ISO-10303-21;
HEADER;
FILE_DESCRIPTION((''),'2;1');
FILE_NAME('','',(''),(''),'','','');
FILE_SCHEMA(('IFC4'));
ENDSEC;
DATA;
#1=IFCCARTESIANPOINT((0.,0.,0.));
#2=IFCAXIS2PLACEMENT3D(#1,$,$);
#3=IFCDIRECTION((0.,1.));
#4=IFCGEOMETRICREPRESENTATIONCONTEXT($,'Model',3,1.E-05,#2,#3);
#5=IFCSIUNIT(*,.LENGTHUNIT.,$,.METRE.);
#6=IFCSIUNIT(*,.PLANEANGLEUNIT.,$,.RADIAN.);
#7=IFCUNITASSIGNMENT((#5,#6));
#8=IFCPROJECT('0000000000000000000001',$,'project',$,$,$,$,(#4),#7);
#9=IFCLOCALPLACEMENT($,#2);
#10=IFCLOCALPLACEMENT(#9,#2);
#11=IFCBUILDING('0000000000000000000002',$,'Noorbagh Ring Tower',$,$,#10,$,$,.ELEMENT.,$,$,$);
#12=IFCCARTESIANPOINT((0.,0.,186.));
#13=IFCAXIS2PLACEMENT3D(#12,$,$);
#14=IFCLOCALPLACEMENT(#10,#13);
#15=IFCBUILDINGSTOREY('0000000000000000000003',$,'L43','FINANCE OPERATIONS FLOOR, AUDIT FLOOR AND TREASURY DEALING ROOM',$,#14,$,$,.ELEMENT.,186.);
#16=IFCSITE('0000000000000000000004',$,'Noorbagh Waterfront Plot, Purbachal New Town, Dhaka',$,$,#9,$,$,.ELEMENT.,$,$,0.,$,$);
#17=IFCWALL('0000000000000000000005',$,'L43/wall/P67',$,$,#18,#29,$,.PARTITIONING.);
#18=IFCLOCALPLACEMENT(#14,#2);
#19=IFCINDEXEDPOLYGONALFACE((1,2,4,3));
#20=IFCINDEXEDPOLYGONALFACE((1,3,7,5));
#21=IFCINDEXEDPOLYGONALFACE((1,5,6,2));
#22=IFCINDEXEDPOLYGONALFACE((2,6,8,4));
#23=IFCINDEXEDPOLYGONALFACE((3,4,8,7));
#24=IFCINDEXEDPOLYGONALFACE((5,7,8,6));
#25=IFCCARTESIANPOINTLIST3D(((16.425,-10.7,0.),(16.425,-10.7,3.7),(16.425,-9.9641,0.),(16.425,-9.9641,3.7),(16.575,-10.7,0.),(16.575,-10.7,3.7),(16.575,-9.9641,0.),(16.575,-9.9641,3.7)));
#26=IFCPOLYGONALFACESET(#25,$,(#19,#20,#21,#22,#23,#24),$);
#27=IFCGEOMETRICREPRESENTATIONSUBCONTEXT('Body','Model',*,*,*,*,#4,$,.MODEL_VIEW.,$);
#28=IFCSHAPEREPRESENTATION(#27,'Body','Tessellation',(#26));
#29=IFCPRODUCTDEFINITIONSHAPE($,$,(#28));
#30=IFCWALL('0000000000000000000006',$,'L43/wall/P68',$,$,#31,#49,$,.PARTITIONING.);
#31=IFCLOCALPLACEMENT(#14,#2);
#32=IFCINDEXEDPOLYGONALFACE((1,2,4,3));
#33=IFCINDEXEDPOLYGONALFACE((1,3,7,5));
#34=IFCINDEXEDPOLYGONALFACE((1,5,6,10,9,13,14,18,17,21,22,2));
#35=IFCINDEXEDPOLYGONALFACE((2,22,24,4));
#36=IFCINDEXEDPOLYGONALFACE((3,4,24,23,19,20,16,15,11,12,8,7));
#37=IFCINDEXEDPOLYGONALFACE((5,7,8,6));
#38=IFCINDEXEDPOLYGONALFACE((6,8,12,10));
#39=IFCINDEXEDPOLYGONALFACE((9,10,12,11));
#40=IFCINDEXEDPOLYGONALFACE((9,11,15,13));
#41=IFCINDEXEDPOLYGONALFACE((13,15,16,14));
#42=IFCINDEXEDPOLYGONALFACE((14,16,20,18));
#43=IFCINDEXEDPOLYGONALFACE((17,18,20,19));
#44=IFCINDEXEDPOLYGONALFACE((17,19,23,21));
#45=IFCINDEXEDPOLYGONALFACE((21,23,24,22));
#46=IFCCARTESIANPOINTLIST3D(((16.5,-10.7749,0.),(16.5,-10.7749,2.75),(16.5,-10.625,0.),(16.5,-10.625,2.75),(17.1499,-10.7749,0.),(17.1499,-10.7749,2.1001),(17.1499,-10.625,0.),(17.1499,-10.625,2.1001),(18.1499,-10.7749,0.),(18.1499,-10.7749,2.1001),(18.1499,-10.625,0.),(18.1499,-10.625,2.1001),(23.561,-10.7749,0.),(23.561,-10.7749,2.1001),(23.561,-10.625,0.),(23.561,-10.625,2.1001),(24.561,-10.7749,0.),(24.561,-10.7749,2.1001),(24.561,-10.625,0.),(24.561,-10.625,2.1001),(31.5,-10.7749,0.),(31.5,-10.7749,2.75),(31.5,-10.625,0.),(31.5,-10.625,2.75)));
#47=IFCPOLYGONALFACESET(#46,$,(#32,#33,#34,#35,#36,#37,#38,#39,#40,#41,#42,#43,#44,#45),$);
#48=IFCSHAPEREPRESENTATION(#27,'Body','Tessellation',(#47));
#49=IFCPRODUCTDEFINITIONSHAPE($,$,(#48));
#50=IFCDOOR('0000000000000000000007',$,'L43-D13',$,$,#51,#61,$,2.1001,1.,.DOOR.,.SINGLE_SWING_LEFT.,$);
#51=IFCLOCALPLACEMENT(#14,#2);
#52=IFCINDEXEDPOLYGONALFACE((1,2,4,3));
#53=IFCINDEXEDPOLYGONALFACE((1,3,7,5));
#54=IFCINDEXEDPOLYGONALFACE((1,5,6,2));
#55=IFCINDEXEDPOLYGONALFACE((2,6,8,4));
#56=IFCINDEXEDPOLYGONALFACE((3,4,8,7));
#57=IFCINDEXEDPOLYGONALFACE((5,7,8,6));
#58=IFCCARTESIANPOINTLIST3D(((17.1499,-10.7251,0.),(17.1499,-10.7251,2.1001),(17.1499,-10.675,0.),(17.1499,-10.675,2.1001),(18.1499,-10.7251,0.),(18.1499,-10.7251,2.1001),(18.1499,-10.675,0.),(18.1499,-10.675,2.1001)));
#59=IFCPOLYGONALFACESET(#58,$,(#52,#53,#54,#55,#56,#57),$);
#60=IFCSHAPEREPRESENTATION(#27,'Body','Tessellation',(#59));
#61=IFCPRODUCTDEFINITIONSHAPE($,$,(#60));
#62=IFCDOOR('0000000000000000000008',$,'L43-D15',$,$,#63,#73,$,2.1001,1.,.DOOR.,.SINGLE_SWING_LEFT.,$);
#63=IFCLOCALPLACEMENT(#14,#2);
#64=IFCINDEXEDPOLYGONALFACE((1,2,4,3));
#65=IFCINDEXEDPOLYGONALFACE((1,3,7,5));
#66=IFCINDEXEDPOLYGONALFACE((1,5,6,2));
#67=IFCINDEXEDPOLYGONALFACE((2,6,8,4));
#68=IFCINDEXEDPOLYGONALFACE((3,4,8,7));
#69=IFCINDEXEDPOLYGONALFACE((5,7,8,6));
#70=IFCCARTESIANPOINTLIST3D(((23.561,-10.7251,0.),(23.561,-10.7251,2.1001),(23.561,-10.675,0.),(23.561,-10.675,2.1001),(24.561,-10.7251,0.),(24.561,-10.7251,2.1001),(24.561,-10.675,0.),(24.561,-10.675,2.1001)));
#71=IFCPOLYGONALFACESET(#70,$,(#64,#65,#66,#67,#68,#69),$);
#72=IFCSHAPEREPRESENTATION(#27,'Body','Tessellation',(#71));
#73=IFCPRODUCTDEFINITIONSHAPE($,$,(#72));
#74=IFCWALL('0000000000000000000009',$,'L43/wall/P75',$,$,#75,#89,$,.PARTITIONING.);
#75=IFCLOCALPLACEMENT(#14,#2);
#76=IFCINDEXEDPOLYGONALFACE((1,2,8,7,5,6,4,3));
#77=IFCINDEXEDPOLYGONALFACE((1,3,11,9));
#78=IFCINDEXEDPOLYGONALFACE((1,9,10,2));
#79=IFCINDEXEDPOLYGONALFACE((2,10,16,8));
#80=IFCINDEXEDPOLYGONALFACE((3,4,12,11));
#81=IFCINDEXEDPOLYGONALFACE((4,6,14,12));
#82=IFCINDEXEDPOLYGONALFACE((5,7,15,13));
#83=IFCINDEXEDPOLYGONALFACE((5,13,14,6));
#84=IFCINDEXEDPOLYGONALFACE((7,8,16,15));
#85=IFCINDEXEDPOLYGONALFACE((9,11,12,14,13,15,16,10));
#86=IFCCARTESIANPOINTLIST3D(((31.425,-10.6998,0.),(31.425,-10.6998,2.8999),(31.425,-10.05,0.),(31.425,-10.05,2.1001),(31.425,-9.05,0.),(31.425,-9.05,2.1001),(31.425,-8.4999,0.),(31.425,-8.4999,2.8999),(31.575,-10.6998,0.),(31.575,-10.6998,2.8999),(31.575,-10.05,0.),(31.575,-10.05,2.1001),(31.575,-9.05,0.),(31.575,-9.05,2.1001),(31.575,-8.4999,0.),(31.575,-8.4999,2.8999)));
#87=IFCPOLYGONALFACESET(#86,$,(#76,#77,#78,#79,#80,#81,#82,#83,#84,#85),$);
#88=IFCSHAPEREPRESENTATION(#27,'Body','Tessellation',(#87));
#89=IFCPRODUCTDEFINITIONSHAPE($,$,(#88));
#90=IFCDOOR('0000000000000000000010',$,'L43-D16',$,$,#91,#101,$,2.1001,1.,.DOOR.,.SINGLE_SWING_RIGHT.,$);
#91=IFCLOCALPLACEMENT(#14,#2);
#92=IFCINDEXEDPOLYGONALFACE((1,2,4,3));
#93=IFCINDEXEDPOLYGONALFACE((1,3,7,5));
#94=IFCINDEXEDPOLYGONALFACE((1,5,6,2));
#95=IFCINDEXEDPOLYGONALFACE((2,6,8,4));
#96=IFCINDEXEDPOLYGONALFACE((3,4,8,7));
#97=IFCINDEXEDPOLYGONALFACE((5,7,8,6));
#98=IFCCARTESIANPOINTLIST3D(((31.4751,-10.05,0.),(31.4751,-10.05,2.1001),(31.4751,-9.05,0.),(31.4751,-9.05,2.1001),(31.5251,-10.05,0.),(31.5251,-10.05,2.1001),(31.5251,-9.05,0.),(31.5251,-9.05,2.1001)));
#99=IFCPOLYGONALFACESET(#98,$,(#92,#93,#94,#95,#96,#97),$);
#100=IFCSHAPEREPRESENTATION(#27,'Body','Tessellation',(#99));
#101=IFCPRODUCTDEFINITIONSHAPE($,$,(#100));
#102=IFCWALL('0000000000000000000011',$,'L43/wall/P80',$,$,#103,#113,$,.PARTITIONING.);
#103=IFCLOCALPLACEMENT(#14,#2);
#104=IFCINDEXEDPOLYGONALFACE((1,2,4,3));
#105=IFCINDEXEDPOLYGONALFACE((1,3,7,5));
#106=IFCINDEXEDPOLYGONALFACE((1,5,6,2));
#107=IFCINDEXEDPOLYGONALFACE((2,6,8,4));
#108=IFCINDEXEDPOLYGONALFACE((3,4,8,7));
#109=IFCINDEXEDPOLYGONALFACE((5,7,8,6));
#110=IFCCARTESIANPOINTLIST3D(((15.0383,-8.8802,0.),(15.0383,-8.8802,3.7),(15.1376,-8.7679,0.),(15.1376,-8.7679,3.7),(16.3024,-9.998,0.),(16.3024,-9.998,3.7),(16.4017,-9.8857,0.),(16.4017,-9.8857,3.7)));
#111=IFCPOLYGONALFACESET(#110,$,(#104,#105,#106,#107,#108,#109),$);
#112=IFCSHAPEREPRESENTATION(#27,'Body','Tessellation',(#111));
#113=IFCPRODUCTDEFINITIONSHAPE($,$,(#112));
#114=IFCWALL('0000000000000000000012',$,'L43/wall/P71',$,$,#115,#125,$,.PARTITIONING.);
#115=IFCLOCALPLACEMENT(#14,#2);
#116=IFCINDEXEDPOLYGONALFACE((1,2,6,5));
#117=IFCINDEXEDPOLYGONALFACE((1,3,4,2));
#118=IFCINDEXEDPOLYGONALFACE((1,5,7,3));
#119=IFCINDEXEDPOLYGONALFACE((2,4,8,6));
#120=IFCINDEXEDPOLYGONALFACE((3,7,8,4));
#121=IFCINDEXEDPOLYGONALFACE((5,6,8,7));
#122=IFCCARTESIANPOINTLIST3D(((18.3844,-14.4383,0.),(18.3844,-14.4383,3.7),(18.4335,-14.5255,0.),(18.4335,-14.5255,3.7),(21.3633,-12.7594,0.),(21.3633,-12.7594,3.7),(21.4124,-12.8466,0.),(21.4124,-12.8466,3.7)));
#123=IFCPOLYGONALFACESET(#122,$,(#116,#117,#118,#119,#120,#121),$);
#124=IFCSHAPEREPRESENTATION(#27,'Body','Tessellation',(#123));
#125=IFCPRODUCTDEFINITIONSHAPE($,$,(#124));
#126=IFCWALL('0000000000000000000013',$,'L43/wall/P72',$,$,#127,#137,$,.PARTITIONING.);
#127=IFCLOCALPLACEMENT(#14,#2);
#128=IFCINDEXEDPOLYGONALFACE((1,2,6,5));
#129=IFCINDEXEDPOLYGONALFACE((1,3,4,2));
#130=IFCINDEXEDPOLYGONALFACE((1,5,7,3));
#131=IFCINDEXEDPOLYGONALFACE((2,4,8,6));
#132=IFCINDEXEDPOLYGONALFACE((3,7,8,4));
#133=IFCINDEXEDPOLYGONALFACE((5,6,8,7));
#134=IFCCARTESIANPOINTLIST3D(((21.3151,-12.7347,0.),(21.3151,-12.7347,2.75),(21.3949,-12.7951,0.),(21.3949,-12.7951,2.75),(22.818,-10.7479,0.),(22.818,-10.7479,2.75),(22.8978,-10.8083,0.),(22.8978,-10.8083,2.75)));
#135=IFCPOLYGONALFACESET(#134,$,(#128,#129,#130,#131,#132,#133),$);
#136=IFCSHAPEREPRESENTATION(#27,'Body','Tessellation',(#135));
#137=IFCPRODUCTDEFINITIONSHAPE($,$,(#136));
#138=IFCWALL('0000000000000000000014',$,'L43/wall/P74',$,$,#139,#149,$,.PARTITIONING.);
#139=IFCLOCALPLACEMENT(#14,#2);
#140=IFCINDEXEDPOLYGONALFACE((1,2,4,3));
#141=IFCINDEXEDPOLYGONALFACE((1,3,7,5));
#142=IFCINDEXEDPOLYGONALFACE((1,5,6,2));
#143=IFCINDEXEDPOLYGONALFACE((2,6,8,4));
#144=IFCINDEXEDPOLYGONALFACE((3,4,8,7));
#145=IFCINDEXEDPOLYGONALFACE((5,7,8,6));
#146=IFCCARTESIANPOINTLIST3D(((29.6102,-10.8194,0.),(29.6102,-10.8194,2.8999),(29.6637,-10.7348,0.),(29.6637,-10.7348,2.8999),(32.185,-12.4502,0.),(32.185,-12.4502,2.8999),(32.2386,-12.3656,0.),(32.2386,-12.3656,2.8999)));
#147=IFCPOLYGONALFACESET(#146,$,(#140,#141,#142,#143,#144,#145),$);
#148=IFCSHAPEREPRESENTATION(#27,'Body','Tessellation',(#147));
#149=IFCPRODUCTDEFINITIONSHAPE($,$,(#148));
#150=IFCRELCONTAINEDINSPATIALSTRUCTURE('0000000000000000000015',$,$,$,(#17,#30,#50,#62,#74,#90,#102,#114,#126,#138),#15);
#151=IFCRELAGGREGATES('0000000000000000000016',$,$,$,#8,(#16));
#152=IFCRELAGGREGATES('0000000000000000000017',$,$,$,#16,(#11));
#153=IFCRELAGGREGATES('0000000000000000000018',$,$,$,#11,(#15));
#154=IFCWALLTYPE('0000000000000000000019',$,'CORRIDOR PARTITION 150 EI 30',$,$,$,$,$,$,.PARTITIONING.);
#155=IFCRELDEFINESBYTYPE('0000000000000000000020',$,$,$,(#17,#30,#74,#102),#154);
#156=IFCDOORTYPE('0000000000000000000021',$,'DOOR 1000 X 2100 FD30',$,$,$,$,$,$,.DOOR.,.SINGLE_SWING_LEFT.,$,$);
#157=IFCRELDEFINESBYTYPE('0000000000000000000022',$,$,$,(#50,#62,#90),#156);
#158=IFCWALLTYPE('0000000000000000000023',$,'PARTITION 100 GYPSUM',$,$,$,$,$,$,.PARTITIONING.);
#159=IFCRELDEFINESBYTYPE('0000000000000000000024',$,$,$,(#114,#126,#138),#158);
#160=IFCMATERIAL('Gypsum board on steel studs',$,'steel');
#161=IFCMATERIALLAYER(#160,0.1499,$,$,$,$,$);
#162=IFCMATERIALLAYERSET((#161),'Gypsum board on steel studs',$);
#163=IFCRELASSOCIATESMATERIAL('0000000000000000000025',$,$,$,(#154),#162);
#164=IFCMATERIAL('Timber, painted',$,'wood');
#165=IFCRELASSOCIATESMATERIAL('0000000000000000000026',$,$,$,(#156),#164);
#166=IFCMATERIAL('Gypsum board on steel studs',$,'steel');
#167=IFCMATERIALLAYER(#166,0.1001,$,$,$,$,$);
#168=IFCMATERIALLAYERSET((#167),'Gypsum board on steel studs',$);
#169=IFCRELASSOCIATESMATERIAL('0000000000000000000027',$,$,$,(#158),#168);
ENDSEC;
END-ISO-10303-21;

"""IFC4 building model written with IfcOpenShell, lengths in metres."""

from ifc_helpers import new_model, si_unit, direction, frame, frame_2d, origin, place, context, subcontext, project, spatial, rectangle, extrude, material, layer, layer_set, type_object, element, fill, save


model = new_model("IFC4")

# Units and contexts
model_context = context("Model", 3, precision=1e-05, world=origin(), true_north=direction((0.0, 1.0)))
body_context = subcontext(model_context, "Body", "Model", "MODEL_VIEW")
ifc_project = project(units=[si_unit("LENGTHUNIT", "METRE"), si_unit("PLANEANGLEUNIT", "RADIAN")], contexts=[model_context])

# Site, building, storey
site_placement = place(None, origin())
site = spatial("IfcSite", under=ifc_project, at=site_placement, Name="Noorbagh Waterfront Plot, Purbachal New Town, Dhaka", CompositionType="ELEMENT", RefElevation=0.0)
building_placement = place(site_placement, origin())
building = spatial("IfcBuilding", under=site, at=building_placement, Name="Noorbagh Ring Tower", CompositionType="ELEMENT")
storey_placement = place(building_placement, frame((0.0, 0.0, 186.0)))
storey = spatial("IfcBuildingStorey", under=building, at=storey_placement, Name="L43", Description="FINANCE OPERATIONS FLOOR, AUDIT FLOOR AND TREASURY DEALING ROOM", CompositionType="ELEMENT", Elevation=186.0)

# Wall
ifc_material_1 = material(Name="Gypsum board on steel studs", Category="steel")
ifc_layer_1 = layer(ifc_material_1, 0.1499)
ifc_layer_set_1 = layer_set([ifc_layer_1], Name="Gypsum board on steel studs")
wall_type_1 = type_object("IfcWallType", Name="CORRIDOR PARTITION 150 EI 30", PredefinedType="PARTITIONING", material=ifc_layer_set_1)
wall_1_placement = place(storey_placement, frame((16.5, -10.7, 0.0), z_axis=(0.0, 0.0, 1.0), x_axis=(0.0, 1.0, 0.0)))
element("IfcWall", 1, at=wall_1_placement, inside=storey, type_object=wall_type_1, Name="L43/wall/P67", PredefinedType="PARTITIONING", context=body_context, shape_type="SweptSolid", body=[
    extrude(rectangle(XDim=0.7358, YDim=0.1499, at=frame_2d((0.3679, 0.0))), origin(), (0.0, 0.0, 1.0), 3.7),
])

# Wall, openings, doors
wall_2_placement = place(storey_placement, frame((16.5, -10.7, 0.0), z_axis=(0.0, 0.0, 1.0), x_axis=(1.0, 0.0, 0.0)))
wall_2 = element("IfcWall", 2, at=wall_2_placement, inside=storey, type_object=wall_type_1, Name="L43/wall/P68", PredefinedType="PARTITIONING", context=body_context, shape_type="SweptSolid", body=[
    extrude(rectangle(XDim=15.0, YDim=0.1499, at=frame_2d((7.5, 0.0))), origin(), (0.0, 0.0, 1.0), 2.75),
])
opening_1_placement = place(wall_2_placement, frame((0.6499, 0.0, 0.0)))
opening_1 = element("IfcOpeningElement", 3, at=opening_1_placement, cuts=wall_2, PredefinedType="OPENING", context=body_context, shape_type="SweptSolid", body=[
    extrude(rectangle(XDim=1.0, YDim=2.1001, at=frame_2d((0.5, 1.05))), frame((0.0, 0.085, 0.0), z_axis=(0.0, -1.0, 0.0), x_axis=(1.0, 0.0, 0.0)), (0.0, 0.0, 1.0), 0.1699),
])
opening_2_placement = place(wall_2_placement, frame((7.061, 0.0, 0.0)))
opening_2 = element("IfcOpeningElement", 4, at=opening_2_placement, cuts=wall_2, PredefinedType="OPENING", context=body_context, shape_type="SweptSolid", body=[
    extrude(rectangle(XDim=1.0, YDim=2.1001, at=frame_2d((0.5, 1.05))), frame((0.0, 0.085, 0.0), z_axis=(0.0, -1.0, 0.0), x_axis=(1.0, 0.0, 0.0)), (0.0, 0.0, 1.0), 0.1699),
])
ifc_material_2 = material(Name="Timber, painted", Category="wood")
door_type_1 = type_object("IfcDoorType", Name="DOOR 1000 X 2100 FD30", OperationType="SINGLE_SWING_LEFT", PredefinedType="DOOR", material=ifc_material_2)
door_1_placement = place(opening_1_placement, origin())
door_1 = element("IfcDoor", 5, at=door_1_placement, inside=storey, type_object=door_type_1, Name="L43-D13", OperationType="SINGLE_SWING_LEFT", OverallHeight=2.1001, OverallWidth=1.0, PredefinedType="DOOR", context=body_context, shape_type="SweptSolid", body=[
    extrude(rectangle(XDim=1.0, YDim=2.1001, at=frame_2d((0.5, 1.05))), frame((0.0, 0.0249, 0.0), z_axis=(0.0, -1.0, 0.0), x_axis=(1.0, 0.0, 0.0)), (0.0, 0.0, 1.0), 0.05),
])
fill(opening_1, door_1)
door_2_placement = place(opening_2_placement, origin())
door_2 = element("IfcDoor", 6, at=door_2_placement, inside=storey, type_object=door_type_1, Name="L43-D15", OperationType="SINGLE_SWING_LEFT", OverallHeight=2.1001, OverallWidth=1.0, PredefinedType="DOOR", context=body_context, shape_type="SweptSolid", body=[
    extrude(rectangle(XDim=1.0, YDim=2.1001, at=frame_2d((0.5, 1.05))), frame((0.0, 0.0249, 0.0), z_axis=(0.0, -1.0, 0.0), x_axis=(1.0, 0.0, 0.0)), (0.0, 0.0, 1.0), 0.05),
])
fill(opening_2, door_2)

# Wall, opening, door
wall_3_placement = place(storey_placement, frame((31.5, -10.7, 0.0), z_axis=(0.0, 0.0, 1.0), x_axis=(0.0, 1.0, 0.0)))
wall_3 = element("IfcWall", 7, at=wall_3_placement, inside=storey, type_object=wall_type_1, Name="L43/wall/P75", PredefinedType="PARTITIONING", context=body_context, shape_type="SweptSolid", body=[
    extrude(rectangle(XDim=2.2, YDim=0.1499, at=frame_2d((1.1001, 0.0))), origin(), (0.0, 0.0, 1.0), 2.8999),
])
opening_3_placement = place(wall_3_placement, frame((0.6499, 0.0, 0.0)))
opening_3 = element("IfcOpeningElement", 8, at=opening_3_placement, cuts=wall_3, PredefinedType="OPENING", context=body_context, shape_type="SweptSolid", body=[
    extrude(rectangle(XDim=1.0, YDim=2.1001, at=frame_2d((0.5, 1.05))), frame((0.0, 0.085, 0.0), z_axis=(0.0, -1.0, 0.0), x_axis=(1.0, 0.0, 0.0)), (0.0, 0.0, 1.0), 0.1699),
])
door_3_placement = place(opening_3_placement, origin())
door_3 = element("IfcDoor", 9, at=door_3_placement, inside=storey, type_object=door_type_1, Name="L43-D16", OperationType="SINGLE_SWING_RIGHT", OverallHeight=2.1001, OverallWidth=1.0, PredefinedType="DOOR", context=body_context, shape_type="SweptSolid", body=[
    extrude(rectangle(XDim=1.0, YDim=2.1001, at=frame_2d((0.5, 1.05))), frame((0.0, 0.0249, 0.0), z_axis=(0.0, -1.0, 0.0), x_axis=(1.0, 0.0, 0.0)), (0.0, 0.0, 1.0), 0.05),
])
fill(opening_3, door_3)

# Walls
wall_4_placement = place(storey_placement, frame((16.3521, -9.9419, 0.0), z_axis=(0.0, 0.0, 1.0), x_axis=(-0.749107, 0.662449, 0.0)))
element("IfcWall", 10, at=wall_4_placement, inside=storey, type_object=wall_type_1, Name="L43/wall/P80", PredefinedType="PARTITIONING", context=body_context, shape_type="SweptSolid", body=[
    extrude(rectangle(XDim=1.6875, YDim=0.1499, at=frame_2d((0.8438, 0.0))), origin(), (0.0, 0.0, 1.0), 3.7),
])
ifc_material_3 = material(Name="Gypsum board on steel studs", Category="steel")
ifc_layer_2 = layer(ifc_material_3, 0.1001)
ifc_layer_set_2 = layer_set([ifc_layer_2], Name="Gypsum board on steel studs")
wall_type_2 = type_object("IfcWallType", Name="PARTITION 100 GYPSUM", PredefinedType="PARTITIONING", material=ifc_layer_set_2)
wall_5_placement = place(storey_placement, frame((18.4089, -14.4819, 0.0), z_axis=(0.0, 0.0, 1.0), x_axis=(0.871167, 0.490986, 0.0)))
element("IfcWall", 11, at=wall_5_placement, inside=storey, type_object=wall_type_2, Name="L43/wall/P71", PredefinedType="PARTITIONING", context=body_context, shape_type="SweptSolid", body=[
    extrude(rectangle(XDim=3.4194, YDim=0.1001, at=frame_2d((1.7097, 0.0))), origin(), (0.0, 0.0, 1.0), 3.7),
])
wall_6_placement = place(storey_placement, frame((21.355, -12.7649, 0.0), z_axis=(0.0, 0.0, 1.0), x_axis=(0.603288, 0.797524, 0.0)))
element("IfcWall", 12, at=wall_6_placement, inside=storey, type_object=wall_type_2, Name="L43/wall/P72", PredefinedType="PARTITIONING", context=body_context, shape_type="SweptSolid", body=[
    extrude(rectangle(XDim=2.4912, YDim=0.1001, at=frame_2d((1.2456, 0.0))), origin(), (0.0, 0.0, 1.0), 2.75),
])
wall_7_placement = place(storey_placement, frame((29.637, -10.7771, 0.0), z_axis=(0.0, 0.0, 1.0), x_axis=(0.844811, -0.535065, 0.0)))
element("IfcWall", 13, at=wall_7_placement, inside=storey, type_object=wall_type_2, Name="L43/wall/P74", PredefinedType="PARTITIONING", context=body_context, shape_type="SweptSolid", body=[
    extrude(rectangle(XDim=3.0479, YDim=0.1001, at=frame_2d((1.5239, 0.0))), origin(), (0.0, 0.0, 1.0), 2.8999),
])

save(model, "model.ifc")
